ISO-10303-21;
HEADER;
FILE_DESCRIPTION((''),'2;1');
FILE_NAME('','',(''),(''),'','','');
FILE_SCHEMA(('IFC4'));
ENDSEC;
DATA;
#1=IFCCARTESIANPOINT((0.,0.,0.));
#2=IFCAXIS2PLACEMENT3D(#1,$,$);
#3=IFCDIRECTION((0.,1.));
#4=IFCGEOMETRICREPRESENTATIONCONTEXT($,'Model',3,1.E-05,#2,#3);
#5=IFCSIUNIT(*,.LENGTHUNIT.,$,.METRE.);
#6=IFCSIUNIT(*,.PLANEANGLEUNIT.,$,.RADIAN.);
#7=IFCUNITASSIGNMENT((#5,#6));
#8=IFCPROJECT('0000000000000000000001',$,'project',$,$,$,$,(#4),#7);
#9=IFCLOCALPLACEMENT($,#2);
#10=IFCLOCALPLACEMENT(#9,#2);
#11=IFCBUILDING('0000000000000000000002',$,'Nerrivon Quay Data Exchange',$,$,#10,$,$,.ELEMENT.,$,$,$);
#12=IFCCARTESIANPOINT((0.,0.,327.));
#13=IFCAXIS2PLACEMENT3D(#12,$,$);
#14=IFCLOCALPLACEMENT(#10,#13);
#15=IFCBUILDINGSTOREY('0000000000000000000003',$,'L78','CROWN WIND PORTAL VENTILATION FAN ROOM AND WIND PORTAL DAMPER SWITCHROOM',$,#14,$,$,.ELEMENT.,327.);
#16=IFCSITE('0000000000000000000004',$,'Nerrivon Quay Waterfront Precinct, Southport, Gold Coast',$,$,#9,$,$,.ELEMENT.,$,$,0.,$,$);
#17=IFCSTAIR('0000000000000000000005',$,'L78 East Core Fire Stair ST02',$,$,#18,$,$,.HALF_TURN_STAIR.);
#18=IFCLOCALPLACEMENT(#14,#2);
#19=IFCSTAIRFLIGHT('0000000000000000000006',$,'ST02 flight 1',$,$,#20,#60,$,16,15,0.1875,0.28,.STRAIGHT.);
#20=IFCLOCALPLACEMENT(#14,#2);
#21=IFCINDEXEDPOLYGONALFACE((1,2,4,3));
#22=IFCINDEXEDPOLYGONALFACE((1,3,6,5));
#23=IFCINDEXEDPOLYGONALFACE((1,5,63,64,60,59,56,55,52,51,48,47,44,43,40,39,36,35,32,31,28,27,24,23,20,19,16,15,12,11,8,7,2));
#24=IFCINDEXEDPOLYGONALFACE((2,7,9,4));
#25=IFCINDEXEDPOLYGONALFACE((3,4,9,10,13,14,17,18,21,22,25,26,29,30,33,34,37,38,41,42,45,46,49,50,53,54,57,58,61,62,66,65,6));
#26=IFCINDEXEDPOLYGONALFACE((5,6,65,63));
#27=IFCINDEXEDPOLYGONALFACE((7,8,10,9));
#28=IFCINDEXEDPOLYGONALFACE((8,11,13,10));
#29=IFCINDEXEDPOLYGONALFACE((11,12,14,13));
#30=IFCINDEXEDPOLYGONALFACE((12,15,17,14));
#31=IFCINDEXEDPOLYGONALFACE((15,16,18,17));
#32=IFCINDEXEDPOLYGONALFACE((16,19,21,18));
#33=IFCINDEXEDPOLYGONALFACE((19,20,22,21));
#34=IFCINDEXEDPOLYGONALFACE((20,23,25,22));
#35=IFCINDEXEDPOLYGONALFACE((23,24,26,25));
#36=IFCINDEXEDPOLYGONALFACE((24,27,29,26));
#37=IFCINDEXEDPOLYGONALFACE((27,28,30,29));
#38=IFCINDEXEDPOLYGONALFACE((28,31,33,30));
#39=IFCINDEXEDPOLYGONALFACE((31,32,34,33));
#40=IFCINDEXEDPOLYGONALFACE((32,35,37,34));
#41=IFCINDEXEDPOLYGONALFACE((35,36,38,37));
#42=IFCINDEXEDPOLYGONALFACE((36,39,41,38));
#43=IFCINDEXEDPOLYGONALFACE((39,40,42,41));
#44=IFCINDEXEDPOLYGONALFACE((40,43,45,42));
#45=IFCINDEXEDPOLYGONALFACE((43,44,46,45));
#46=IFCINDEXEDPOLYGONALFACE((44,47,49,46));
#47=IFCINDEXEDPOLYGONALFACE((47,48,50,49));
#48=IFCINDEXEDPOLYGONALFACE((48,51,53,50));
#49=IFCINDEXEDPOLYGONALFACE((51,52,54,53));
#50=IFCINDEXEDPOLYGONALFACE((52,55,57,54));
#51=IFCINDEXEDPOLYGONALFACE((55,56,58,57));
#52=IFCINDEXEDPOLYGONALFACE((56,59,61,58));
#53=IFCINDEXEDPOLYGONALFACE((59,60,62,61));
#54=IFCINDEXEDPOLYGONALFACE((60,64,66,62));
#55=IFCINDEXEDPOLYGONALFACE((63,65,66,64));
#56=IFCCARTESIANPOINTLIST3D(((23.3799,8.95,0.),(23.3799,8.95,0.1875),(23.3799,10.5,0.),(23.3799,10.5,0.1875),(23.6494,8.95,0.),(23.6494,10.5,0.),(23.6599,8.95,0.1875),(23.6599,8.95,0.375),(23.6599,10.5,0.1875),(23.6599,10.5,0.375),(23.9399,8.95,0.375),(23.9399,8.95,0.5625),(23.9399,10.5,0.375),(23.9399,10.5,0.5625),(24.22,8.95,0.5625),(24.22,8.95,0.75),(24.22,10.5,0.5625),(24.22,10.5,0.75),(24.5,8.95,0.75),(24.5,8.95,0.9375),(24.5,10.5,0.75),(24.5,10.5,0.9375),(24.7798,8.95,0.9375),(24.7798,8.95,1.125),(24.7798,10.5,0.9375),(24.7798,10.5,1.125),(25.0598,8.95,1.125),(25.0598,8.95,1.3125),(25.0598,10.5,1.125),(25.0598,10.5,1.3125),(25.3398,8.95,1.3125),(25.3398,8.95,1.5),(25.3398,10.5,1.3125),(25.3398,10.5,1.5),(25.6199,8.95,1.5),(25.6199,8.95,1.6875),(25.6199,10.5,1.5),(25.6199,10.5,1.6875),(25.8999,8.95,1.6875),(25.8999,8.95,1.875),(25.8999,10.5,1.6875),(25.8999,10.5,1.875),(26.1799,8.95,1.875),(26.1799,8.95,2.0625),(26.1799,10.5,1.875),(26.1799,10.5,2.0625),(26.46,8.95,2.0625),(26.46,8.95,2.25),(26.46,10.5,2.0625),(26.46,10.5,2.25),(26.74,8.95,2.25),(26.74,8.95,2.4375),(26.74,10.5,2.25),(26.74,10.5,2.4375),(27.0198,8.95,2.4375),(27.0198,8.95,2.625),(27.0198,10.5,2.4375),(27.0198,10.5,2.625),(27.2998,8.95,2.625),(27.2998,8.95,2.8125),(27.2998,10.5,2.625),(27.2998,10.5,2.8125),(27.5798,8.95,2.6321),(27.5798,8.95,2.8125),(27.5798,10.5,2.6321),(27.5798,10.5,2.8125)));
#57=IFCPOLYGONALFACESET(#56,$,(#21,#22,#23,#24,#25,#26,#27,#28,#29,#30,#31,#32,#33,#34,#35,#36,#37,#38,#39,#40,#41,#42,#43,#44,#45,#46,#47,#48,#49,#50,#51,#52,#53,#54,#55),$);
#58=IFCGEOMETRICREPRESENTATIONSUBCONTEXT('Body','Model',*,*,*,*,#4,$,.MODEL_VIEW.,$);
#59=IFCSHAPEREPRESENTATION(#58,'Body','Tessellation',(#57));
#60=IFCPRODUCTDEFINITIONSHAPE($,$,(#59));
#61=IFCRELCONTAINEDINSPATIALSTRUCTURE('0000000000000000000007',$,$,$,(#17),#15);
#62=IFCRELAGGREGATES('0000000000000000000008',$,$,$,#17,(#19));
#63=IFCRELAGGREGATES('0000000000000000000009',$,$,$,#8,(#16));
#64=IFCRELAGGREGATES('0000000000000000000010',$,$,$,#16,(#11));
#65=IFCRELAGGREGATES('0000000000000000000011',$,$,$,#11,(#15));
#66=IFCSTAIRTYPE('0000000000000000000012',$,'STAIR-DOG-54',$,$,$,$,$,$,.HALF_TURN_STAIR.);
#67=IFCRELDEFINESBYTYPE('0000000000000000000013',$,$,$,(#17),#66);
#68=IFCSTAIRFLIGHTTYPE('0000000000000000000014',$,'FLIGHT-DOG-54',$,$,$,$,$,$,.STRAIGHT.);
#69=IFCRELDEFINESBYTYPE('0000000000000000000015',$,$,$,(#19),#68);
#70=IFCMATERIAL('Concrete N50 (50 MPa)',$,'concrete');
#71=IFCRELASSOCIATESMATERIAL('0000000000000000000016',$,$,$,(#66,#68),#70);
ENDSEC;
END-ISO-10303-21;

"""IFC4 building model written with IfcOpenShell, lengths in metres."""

from ifc_helpers import new_model, si_unit, direction, frame, origin, place, context, subcontext, project, spatial, polyline, outline, extrude, material, type_object, element, aggregate, save


model = new_model("IFC4")

# Units and contexts
model_context = context("Model", 3, precision=1e-05, world=origin(), true_north=direction((0.0, 1.0)))
body_context = subcontext(model_context, "Body", "Model", "MODEL_VIEW")
ifc_project = project(units=[si_unit("LENGTHUNIT", "METRE"), si_unit("PLANEANGLEUNIT", "RADIAN")], contexts=[model_context])

# Site, building, storey
site_placement = place(None, origin())
site = spatial("IfcSite", under=ifc_project, at=site_placement, Name="Nerrivon Quay Waterfront Precinct, Southport, Gold Coast", CompositionType="ELEMENT", RefElevation=0.0)
building_placement = place(site_placement, origin())
building = spatial("IfcBuilding", under=site, at=building_placement, Name="Nerrivon Quay Data Exchange", CompositionType="ELEMENT")
storey_placement = place(building_placement, frame((0.0, 0.0, 327.0)))
storey = spatial("IfcBuildingStorey", under=building, at=storey_placement, Name="L78", Description="CROWN WIND PORTAL VENTILATION FAN ROOM AND WIND PORTAL DAMPER SWITCHROOM", CompositionType="ELEMENT", Elevation=327.0)

# Shared definitions
ifc_material_1 = material(Name="Concrete N50 (50 MPa)", Category="concrete")

# Stair, stair flight
stair_type = type_object("IfcStairType", Name="STAIR-DOG-54", PredefinedType="HALF_TURN_STAIR", material=ifc_material_1)
stair_placement = place(storey_placement, origin())
stair = element("IfcStair", 1, at=stair_placement, inside=storey, type_object=stair_type, Name="L78 East Core Fire Stair ST02", PredefinedType="HALF_TURN_STAIR")
stair_flight_type = type_object("IfcStairFlightType", Name="FLIGHT-DOG-54", PredefinedType="STRAIGHT", material=ifc_material_1)
stair_flight_placement = place(storey_placement, frame((23.3799, 9.7251, 0.0), z_axis=(0.0, 0.0, 1.0), x_axis=(1.0, 0.0, 0.0)))
stair_flight = element("IfcStairFlight", 2, at=stair_flight_placement, type_object=stair_flight_type, Name="ST02 flight 1", NumberOfRisers=16, NumberOfTreads=15, PredefinedType="STRAIGHT", RiserHeight=0.1875, TreadLength=0.28, context=body_context, shape_type="SweptSolid", body=[
    extrude(outline(polyline([(0.0, 0.0), (0.0, 0.1875), (0.28, 0.1875), (0.28, 0.375), (0.5601, 0.375), (0.5601, 0.5625), (0.8401, 0.5625), (0.8401, 0.75), (1.1201, 0.75), (1.1201, 0.9375), (1.3999, 0.9375), (1.3999, 1.125), (1.6799, 1.125), (1.6799, 1.3125), (1.96, 1.3125), (1.96, 1.5), (2.24, 1.5), (2.24, 1.6875), (2.52, 1.6875), (2.52, 1.875), (2.8, 1.875), (2.8, 2.0625), (3.0801, 2.0625), (3.0801, 2.25), (3.3601, 2.25), (3.3601, 2.4375), (3.6399, 2.4375), (3.6399, 2.625), (3.9199, 2.625), (3.9199, 2.8125), (4.2, 2.8125), (4.2, 3.0), (4.2, 2.6321), (0.2695, 0.0), (0.0, 0.0)])), frame((0.0, 0.7749, 0.0), z_axis=(0.0, -1.0, 0.0), x_axis=(1.0, 0.0, 0.0)), (0.0, 0.0, 1.0), 1.55),
])
aggregate(stair, [stair_flight])

save(model, "model.ifc")
